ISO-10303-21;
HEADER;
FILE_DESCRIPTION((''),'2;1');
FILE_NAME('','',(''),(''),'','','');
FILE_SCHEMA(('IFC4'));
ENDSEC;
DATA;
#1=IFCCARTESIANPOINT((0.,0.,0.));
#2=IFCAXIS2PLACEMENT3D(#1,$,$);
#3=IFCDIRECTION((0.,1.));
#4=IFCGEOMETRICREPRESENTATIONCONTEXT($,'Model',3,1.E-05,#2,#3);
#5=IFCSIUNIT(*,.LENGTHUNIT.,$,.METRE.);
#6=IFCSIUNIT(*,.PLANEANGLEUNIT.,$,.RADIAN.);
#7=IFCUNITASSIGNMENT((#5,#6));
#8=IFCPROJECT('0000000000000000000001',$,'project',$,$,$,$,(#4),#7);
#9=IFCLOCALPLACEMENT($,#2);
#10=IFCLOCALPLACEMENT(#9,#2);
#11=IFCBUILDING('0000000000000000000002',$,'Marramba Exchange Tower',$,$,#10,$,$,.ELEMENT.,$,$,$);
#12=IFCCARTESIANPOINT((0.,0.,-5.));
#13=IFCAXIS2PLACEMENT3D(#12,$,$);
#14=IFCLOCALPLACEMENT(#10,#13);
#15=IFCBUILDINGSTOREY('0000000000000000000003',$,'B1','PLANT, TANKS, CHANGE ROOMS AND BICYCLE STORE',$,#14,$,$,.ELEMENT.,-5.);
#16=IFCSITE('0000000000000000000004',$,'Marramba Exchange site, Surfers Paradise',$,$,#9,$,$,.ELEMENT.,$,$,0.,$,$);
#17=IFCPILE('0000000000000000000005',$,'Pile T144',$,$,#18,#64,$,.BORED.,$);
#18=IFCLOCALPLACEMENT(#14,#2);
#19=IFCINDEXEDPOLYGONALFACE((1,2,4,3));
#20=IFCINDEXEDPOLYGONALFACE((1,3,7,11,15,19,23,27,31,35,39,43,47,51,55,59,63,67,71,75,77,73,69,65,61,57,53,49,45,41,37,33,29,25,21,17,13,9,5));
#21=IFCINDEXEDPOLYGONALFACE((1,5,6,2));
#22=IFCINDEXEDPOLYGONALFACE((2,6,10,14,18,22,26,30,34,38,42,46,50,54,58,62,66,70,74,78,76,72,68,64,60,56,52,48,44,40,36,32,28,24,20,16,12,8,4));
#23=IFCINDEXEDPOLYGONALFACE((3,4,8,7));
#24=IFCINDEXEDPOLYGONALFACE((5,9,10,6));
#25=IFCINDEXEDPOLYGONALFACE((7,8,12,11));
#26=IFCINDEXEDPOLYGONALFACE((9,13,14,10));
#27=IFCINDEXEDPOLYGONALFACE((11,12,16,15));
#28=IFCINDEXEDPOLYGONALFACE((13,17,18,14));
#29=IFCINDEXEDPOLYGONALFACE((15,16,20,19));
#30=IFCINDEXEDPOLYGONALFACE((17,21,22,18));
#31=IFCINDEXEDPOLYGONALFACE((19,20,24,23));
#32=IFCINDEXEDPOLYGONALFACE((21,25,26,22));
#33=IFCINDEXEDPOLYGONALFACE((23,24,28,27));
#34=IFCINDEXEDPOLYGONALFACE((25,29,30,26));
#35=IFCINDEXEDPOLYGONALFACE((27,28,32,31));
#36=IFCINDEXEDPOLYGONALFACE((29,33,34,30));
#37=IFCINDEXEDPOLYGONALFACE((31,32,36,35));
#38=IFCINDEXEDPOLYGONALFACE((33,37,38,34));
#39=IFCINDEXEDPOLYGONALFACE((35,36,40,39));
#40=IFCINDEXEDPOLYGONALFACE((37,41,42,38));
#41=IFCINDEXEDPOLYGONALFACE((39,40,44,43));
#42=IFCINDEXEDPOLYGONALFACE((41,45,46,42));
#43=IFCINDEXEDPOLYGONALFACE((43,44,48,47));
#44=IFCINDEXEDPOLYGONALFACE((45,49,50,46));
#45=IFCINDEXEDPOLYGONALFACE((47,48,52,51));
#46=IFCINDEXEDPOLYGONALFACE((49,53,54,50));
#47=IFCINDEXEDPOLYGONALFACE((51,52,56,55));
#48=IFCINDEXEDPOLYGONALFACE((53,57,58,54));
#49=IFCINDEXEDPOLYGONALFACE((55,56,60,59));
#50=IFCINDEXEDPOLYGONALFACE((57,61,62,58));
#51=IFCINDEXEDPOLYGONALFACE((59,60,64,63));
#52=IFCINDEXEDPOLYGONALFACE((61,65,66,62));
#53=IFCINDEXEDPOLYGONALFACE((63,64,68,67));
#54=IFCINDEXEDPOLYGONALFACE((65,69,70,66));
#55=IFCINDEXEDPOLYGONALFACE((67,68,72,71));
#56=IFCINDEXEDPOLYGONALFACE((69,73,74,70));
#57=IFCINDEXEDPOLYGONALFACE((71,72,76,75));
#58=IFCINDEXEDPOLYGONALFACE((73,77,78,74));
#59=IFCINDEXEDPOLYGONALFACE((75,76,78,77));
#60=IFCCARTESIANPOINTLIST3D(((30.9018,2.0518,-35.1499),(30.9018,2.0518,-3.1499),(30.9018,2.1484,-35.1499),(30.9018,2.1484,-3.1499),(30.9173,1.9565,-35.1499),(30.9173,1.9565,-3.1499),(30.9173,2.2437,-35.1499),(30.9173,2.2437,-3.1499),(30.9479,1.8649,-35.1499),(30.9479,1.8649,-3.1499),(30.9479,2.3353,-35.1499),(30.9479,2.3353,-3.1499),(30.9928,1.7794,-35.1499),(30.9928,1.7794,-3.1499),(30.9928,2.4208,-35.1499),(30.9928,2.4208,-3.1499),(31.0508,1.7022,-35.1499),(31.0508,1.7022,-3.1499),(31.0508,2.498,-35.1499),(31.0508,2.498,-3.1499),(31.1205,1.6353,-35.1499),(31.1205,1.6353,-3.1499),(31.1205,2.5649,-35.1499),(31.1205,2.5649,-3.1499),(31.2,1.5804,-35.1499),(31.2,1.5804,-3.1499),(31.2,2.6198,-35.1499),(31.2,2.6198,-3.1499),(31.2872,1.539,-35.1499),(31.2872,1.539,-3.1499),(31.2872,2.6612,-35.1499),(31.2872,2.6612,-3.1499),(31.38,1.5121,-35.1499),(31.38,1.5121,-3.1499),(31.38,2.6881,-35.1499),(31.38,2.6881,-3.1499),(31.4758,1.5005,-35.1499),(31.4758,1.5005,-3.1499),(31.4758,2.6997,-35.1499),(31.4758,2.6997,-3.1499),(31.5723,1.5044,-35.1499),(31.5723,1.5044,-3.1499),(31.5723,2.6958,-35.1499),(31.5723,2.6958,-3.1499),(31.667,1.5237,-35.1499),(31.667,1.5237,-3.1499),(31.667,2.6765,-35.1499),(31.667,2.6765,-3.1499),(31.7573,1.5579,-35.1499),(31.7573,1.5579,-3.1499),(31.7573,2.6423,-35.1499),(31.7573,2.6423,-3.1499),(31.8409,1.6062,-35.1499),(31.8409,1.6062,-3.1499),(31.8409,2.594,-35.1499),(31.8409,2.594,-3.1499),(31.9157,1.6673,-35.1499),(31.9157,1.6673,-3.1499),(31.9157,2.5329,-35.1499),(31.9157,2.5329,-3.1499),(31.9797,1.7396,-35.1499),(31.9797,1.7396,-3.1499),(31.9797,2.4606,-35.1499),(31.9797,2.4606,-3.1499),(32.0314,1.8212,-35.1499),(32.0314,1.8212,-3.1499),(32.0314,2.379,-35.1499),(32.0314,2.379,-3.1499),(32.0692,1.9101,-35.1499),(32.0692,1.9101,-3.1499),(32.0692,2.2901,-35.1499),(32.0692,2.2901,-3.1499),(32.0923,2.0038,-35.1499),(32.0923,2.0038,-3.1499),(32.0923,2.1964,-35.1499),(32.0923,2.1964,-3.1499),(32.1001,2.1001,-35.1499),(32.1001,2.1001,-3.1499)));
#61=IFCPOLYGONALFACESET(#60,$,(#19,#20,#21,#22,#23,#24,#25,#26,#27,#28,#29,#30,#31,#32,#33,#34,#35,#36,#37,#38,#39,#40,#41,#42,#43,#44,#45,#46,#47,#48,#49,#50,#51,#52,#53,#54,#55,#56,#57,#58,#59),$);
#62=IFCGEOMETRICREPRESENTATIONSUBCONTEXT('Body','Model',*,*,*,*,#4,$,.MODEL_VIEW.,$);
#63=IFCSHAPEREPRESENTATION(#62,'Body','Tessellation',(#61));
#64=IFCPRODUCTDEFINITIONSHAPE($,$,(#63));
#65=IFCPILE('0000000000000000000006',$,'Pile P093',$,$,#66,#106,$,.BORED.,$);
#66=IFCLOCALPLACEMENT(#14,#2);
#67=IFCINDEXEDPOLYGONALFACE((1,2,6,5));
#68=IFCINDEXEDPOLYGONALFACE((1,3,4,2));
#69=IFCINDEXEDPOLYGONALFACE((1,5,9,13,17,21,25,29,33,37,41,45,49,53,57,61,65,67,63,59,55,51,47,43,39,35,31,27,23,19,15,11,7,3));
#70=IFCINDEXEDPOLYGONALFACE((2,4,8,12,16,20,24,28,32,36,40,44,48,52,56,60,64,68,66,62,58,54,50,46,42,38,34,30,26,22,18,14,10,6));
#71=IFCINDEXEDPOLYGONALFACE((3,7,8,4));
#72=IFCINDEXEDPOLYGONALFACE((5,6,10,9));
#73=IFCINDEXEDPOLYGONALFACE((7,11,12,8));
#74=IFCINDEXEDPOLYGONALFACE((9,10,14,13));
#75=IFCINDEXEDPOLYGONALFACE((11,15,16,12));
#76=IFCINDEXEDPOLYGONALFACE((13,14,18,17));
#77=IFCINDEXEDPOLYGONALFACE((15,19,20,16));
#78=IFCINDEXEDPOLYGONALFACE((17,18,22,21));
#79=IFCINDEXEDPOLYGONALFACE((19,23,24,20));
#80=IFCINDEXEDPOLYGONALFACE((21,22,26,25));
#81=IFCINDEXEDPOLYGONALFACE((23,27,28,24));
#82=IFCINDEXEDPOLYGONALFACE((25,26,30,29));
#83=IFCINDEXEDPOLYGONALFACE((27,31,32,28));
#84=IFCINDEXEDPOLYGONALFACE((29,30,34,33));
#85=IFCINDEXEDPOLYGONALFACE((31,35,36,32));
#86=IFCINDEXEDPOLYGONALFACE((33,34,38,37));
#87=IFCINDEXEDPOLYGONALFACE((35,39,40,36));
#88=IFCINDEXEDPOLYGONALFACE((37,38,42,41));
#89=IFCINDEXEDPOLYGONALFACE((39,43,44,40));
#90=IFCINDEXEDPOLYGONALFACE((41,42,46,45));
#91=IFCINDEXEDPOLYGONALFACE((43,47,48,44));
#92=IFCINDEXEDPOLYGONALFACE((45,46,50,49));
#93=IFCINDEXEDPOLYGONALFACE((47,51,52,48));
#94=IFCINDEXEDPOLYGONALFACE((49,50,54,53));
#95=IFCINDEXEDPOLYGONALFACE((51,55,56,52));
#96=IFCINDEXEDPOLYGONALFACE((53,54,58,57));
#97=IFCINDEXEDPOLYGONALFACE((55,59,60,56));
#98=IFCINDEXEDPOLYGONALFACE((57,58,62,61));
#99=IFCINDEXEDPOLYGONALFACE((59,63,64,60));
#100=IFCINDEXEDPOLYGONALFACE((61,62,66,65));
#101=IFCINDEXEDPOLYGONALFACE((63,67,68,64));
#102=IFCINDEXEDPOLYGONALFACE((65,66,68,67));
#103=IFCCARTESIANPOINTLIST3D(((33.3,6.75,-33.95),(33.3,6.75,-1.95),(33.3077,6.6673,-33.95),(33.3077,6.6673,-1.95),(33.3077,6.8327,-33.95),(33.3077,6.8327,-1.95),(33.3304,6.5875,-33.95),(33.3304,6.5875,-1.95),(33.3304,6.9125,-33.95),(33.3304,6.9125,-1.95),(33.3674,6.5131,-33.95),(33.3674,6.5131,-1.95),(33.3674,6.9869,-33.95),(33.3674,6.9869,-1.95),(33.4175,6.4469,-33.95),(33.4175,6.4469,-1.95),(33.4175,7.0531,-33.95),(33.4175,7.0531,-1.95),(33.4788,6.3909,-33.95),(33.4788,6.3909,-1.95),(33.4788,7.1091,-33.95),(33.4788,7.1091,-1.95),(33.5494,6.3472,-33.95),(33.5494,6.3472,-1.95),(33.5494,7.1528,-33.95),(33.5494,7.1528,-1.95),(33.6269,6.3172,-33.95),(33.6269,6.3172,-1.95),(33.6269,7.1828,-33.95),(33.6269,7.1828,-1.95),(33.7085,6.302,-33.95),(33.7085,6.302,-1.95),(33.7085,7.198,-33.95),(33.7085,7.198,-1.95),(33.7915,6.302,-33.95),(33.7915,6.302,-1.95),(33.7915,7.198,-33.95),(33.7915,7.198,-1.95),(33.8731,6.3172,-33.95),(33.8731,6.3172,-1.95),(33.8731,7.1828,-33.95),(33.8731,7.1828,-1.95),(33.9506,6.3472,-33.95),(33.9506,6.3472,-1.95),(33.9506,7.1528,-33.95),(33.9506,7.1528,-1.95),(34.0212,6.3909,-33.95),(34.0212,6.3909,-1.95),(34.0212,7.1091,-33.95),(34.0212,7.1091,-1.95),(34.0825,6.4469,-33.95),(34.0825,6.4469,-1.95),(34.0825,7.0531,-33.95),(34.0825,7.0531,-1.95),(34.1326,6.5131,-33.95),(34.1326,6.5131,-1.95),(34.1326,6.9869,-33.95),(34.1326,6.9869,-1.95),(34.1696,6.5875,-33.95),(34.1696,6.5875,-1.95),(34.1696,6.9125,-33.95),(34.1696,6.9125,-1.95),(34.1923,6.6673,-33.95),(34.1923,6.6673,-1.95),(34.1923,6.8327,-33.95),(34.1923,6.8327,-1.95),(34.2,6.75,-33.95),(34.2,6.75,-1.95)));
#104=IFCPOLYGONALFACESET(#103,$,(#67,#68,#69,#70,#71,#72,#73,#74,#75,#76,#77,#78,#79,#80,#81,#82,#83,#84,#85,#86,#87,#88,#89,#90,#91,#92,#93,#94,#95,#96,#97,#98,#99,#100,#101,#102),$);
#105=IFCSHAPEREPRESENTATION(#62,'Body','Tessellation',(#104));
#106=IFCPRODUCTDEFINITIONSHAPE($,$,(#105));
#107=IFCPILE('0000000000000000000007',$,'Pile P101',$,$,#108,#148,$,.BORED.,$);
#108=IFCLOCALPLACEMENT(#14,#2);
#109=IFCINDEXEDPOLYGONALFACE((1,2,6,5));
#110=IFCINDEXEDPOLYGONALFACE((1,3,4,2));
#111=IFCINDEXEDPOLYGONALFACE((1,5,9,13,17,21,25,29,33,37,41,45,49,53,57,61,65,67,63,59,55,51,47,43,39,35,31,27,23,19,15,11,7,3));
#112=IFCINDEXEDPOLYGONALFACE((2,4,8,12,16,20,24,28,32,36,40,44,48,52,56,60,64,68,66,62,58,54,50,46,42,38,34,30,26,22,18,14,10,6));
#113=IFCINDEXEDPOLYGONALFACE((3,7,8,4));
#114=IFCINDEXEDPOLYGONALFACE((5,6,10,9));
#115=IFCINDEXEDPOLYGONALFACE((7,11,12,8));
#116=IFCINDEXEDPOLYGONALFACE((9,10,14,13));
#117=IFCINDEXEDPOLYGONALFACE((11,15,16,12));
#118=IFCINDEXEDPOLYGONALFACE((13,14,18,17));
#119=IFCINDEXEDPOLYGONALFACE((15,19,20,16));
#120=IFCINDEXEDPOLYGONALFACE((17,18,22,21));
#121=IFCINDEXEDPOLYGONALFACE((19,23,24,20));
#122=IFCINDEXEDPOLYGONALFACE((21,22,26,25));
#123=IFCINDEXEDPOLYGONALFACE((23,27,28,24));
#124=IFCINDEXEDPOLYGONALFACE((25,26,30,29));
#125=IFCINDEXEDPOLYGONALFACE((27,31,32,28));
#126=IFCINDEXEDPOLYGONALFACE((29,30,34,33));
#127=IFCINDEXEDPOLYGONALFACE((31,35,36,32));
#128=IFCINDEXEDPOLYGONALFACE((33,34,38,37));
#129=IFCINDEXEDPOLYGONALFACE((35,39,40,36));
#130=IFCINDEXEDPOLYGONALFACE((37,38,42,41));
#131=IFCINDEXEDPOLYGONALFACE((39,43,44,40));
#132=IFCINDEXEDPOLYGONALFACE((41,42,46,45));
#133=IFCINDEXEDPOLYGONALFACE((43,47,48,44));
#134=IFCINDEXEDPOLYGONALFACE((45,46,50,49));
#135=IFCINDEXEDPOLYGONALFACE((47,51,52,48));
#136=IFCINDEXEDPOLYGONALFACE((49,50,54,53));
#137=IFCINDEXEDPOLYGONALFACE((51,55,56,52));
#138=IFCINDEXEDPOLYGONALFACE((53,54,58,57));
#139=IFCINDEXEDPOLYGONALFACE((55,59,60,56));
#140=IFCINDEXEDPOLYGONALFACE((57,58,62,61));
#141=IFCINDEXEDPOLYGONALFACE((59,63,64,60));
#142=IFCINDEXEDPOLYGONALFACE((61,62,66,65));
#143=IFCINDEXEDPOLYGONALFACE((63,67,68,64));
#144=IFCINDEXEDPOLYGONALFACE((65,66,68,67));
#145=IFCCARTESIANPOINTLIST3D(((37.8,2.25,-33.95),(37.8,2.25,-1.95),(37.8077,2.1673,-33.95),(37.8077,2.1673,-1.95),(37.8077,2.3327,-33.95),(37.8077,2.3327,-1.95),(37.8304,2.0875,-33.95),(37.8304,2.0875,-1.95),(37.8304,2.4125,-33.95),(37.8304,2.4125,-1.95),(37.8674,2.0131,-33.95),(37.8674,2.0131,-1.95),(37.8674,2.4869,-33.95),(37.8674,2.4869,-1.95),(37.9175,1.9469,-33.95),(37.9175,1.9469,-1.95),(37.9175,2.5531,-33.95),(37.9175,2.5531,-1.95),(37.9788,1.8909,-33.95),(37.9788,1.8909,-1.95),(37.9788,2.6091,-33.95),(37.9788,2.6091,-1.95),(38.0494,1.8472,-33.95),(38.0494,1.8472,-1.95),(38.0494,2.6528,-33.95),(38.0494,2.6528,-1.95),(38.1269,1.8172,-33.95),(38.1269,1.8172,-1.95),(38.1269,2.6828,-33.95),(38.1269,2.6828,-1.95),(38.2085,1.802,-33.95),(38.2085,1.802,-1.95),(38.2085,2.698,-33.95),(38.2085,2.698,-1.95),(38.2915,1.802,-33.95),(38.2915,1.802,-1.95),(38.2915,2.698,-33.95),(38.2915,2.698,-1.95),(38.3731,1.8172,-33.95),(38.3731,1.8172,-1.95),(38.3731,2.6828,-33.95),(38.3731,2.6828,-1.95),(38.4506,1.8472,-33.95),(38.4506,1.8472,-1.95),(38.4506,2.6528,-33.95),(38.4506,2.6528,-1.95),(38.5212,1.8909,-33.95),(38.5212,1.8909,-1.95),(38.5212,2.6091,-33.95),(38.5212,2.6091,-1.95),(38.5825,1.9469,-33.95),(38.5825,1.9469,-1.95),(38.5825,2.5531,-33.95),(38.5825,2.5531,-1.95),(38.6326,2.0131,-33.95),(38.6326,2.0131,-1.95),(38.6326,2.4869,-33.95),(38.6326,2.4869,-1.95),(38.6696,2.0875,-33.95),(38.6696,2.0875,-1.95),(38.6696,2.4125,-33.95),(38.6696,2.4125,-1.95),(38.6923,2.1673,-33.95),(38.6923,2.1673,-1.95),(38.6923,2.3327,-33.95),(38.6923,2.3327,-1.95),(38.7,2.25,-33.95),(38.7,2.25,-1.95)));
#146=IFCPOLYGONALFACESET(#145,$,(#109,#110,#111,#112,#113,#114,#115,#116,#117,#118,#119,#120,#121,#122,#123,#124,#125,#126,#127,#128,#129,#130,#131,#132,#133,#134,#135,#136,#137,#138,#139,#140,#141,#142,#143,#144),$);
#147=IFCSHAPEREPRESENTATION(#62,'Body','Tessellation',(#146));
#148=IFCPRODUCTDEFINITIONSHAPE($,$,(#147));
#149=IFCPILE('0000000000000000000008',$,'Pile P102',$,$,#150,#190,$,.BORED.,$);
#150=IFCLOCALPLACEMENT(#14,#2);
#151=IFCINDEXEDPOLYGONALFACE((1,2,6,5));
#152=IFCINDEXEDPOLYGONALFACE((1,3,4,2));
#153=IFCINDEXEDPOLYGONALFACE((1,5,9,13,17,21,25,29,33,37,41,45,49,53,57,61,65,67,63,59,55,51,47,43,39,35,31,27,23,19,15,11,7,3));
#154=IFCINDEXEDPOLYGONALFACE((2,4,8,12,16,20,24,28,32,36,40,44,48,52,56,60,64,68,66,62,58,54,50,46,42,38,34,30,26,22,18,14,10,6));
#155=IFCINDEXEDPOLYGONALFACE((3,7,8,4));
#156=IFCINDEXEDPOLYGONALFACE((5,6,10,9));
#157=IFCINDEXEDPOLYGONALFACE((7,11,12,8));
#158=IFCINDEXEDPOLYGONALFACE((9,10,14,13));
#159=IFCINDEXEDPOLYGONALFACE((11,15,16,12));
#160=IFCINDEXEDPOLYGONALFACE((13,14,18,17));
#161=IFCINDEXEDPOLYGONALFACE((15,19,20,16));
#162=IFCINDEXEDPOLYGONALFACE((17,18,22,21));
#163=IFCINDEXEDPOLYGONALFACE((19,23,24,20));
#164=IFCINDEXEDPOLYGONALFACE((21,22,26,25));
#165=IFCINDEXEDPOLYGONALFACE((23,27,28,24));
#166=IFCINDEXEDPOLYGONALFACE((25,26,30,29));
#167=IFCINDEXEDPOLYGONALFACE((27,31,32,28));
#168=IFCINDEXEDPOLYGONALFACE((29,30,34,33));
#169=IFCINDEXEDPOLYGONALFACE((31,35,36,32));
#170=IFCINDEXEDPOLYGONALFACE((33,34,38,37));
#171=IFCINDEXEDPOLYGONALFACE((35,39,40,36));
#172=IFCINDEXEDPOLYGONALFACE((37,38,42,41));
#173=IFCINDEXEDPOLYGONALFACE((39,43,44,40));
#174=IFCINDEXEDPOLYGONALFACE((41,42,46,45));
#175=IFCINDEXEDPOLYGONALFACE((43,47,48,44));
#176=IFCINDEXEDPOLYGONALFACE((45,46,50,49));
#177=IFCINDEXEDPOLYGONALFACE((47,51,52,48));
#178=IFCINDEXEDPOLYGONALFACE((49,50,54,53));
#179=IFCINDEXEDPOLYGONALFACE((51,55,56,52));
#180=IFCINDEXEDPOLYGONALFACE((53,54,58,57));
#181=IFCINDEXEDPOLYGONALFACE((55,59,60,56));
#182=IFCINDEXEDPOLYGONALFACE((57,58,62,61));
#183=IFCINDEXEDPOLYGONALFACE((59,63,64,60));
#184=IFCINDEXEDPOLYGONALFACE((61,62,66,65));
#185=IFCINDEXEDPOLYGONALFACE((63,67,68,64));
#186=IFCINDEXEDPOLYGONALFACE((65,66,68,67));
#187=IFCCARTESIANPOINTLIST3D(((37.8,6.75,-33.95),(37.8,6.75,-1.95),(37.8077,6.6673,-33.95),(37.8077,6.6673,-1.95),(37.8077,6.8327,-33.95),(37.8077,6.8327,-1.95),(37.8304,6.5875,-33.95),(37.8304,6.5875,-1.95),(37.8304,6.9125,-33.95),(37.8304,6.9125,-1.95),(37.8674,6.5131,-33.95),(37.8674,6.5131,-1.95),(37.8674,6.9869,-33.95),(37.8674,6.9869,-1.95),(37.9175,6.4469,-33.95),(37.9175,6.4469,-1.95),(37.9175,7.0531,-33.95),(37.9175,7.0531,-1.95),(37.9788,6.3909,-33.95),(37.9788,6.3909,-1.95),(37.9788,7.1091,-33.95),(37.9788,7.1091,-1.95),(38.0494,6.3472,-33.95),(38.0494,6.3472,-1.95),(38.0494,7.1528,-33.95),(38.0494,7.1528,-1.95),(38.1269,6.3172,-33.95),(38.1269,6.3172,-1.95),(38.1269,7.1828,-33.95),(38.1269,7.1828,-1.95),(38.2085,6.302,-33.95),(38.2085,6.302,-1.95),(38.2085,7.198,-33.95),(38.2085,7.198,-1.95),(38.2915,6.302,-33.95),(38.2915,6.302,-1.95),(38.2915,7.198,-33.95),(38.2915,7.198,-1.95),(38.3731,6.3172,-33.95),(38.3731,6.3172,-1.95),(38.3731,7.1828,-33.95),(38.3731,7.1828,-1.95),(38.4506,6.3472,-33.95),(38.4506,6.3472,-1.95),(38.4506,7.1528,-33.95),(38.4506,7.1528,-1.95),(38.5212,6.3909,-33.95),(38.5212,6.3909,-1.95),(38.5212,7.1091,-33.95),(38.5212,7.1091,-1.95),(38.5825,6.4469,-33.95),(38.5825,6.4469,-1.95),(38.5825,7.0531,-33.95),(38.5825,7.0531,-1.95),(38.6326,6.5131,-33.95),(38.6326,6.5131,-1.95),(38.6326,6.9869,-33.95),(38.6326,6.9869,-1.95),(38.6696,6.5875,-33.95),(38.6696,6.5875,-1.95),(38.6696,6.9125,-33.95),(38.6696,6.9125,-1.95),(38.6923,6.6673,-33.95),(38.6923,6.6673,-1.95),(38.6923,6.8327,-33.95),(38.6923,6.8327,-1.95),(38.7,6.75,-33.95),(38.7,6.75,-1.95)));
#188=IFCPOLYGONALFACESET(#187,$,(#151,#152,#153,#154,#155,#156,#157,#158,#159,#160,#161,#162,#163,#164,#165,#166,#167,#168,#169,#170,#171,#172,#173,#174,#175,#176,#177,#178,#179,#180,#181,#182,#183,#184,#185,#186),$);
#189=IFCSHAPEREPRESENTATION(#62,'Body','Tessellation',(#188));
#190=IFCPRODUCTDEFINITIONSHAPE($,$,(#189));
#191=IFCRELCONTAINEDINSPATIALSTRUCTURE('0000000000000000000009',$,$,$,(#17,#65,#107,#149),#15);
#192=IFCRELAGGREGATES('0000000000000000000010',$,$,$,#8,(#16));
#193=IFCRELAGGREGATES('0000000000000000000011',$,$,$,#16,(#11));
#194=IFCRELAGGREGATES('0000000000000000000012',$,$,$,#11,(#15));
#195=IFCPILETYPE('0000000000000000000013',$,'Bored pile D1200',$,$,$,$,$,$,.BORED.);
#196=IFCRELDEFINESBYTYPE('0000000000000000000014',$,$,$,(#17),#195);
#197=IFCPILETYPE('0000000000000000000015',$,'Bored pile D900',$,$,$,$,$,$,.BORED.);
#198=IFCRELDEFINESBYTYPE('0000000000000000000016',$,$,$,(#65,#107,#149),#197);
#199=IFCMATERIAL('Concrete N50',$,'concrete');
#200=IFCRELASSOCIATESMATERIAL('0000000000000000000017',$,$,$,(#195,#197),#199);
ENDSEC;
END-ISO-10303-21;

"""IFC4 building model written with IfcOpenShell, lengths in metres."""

from ifc_helpers import new_model, si_unit, direction, frame, origin, origin_2d, place, context, subcontext, project, spatial, circle, extrude, material, material_profile, profile_set, type_object, element, save


model = new_model("IFC4")

# Units and contexts
model_context = context("Model", 3, precision=1e-05, world=origin(), true_north=direction((0.0, 1.0)))
body_context = subcontext(model_context, "Body", "Model", "MODEL_VIEW")
ifc_project = project(units=[si_unit("LENGTHUNIT", "METRE"), si_unit("PLANEANGLEUNIT", "RADIAN")], contexts=[model_context])

# Site, building, storey
site_placement = place(None, origin())
site = spatial("IfcSite", under=ifc_project, at=site_placement, Name="Marramba Exchange site, Surfers Paradise", CompositionType="ELEMENT", RefElevation=0.0)
building_placement = place(site_placement, origin())
building = spatial("IfcBuilding", under=site, at=building_placement, Name="Marramba Exchange Tower", CompositionType="ELEMENT")
storey_placement = place(building_placement, frame((0.0, 0.0, -5.0)))
storey = spatial("IfcBuildingStorey", under=building, at=storey_placement, Name="B1", Description="PLANT, TANKS, CHANGE ROOMS AND BICYCLE STORE", CompositionType="ELEMENT", Elevation=-5.0)

# Piles
ifc_material_1 = material(Name="Concrete N50", Category="concrete")
ifc_material_profile_1 = material_profile(ifc_material_1, circle(Radius=0.6001, at=origin_2d()), Name="BP D1200")
ifc_profile_set_1 = profile_set([ifc_material_profile_1], Name="Concrete N50")
pile_type_1 = type_object("IfcPileType", Name="Bored pile D1200", PredefinedType="BORED", material=ifc_profile_set_1)
pile_placement = place(storey_placement, frame((31.5, 2.1001, -3.1499), z_axis=(0.0, 0.0, -1.0), x_axis=(1.0, 0.0, 0.0)))
element("IfcPile", 1, at=pile_placement, inside=storey, type_object=pile_type_1, Name="Pile T144", PredefinedType="BORED", context=body_context, shape_type="SweptSolid", body=[
    extrude(circle(Radius=0.6001, at=origin_2d()), origin(), (0.0, 0.0, 1.0), 32.0),
])
ifc_material_profile_2 = material_profile(ifc_material_1, circle(Radius=0.45, at=origin_2d()), Name="BP D900")
ifc_profile_set_2 = profile_set([ifc_material_profile_2], Name="Concrete N50")
pile_type_2 = type_object("IfcPileType", Name="Bored pile D900", PredefinedType="BORED", material=ifc_profile_set_2)
for number, where, z_axis, x_axis, name in (
    (2, (33.75, 6.75, -1.95), (0.0, 0.0, -1.0), (1.0, 0.0, 0.0), "Pile P093"),
    (3, (38.25, 2.25, -1.95), (0.0, 0.0, -1.0), (1.0, 0.0, 0.0), "Pile P101"),
    (4, (38.25, 6.75, -1.95), (0.0, 0.0, -1.0), (1.0, 0.0, 0.0), "Pile P102"),
):
    element("IfcPile", number, at=place(storey_placement, frame(where, z_axis=z_axis, x_axis=x_axis)), inside=storey, type_object=pile_type_2, Name=name, PredefinedType="BORED", context=body_context, shape_type="SweptSolid", body=[
        extrude(circle(Radius=0.45, at=origin_2d()), origin(), (0.0, 0.0, 1.0), 32.0),
    ])

save(model, "model.ifc")
